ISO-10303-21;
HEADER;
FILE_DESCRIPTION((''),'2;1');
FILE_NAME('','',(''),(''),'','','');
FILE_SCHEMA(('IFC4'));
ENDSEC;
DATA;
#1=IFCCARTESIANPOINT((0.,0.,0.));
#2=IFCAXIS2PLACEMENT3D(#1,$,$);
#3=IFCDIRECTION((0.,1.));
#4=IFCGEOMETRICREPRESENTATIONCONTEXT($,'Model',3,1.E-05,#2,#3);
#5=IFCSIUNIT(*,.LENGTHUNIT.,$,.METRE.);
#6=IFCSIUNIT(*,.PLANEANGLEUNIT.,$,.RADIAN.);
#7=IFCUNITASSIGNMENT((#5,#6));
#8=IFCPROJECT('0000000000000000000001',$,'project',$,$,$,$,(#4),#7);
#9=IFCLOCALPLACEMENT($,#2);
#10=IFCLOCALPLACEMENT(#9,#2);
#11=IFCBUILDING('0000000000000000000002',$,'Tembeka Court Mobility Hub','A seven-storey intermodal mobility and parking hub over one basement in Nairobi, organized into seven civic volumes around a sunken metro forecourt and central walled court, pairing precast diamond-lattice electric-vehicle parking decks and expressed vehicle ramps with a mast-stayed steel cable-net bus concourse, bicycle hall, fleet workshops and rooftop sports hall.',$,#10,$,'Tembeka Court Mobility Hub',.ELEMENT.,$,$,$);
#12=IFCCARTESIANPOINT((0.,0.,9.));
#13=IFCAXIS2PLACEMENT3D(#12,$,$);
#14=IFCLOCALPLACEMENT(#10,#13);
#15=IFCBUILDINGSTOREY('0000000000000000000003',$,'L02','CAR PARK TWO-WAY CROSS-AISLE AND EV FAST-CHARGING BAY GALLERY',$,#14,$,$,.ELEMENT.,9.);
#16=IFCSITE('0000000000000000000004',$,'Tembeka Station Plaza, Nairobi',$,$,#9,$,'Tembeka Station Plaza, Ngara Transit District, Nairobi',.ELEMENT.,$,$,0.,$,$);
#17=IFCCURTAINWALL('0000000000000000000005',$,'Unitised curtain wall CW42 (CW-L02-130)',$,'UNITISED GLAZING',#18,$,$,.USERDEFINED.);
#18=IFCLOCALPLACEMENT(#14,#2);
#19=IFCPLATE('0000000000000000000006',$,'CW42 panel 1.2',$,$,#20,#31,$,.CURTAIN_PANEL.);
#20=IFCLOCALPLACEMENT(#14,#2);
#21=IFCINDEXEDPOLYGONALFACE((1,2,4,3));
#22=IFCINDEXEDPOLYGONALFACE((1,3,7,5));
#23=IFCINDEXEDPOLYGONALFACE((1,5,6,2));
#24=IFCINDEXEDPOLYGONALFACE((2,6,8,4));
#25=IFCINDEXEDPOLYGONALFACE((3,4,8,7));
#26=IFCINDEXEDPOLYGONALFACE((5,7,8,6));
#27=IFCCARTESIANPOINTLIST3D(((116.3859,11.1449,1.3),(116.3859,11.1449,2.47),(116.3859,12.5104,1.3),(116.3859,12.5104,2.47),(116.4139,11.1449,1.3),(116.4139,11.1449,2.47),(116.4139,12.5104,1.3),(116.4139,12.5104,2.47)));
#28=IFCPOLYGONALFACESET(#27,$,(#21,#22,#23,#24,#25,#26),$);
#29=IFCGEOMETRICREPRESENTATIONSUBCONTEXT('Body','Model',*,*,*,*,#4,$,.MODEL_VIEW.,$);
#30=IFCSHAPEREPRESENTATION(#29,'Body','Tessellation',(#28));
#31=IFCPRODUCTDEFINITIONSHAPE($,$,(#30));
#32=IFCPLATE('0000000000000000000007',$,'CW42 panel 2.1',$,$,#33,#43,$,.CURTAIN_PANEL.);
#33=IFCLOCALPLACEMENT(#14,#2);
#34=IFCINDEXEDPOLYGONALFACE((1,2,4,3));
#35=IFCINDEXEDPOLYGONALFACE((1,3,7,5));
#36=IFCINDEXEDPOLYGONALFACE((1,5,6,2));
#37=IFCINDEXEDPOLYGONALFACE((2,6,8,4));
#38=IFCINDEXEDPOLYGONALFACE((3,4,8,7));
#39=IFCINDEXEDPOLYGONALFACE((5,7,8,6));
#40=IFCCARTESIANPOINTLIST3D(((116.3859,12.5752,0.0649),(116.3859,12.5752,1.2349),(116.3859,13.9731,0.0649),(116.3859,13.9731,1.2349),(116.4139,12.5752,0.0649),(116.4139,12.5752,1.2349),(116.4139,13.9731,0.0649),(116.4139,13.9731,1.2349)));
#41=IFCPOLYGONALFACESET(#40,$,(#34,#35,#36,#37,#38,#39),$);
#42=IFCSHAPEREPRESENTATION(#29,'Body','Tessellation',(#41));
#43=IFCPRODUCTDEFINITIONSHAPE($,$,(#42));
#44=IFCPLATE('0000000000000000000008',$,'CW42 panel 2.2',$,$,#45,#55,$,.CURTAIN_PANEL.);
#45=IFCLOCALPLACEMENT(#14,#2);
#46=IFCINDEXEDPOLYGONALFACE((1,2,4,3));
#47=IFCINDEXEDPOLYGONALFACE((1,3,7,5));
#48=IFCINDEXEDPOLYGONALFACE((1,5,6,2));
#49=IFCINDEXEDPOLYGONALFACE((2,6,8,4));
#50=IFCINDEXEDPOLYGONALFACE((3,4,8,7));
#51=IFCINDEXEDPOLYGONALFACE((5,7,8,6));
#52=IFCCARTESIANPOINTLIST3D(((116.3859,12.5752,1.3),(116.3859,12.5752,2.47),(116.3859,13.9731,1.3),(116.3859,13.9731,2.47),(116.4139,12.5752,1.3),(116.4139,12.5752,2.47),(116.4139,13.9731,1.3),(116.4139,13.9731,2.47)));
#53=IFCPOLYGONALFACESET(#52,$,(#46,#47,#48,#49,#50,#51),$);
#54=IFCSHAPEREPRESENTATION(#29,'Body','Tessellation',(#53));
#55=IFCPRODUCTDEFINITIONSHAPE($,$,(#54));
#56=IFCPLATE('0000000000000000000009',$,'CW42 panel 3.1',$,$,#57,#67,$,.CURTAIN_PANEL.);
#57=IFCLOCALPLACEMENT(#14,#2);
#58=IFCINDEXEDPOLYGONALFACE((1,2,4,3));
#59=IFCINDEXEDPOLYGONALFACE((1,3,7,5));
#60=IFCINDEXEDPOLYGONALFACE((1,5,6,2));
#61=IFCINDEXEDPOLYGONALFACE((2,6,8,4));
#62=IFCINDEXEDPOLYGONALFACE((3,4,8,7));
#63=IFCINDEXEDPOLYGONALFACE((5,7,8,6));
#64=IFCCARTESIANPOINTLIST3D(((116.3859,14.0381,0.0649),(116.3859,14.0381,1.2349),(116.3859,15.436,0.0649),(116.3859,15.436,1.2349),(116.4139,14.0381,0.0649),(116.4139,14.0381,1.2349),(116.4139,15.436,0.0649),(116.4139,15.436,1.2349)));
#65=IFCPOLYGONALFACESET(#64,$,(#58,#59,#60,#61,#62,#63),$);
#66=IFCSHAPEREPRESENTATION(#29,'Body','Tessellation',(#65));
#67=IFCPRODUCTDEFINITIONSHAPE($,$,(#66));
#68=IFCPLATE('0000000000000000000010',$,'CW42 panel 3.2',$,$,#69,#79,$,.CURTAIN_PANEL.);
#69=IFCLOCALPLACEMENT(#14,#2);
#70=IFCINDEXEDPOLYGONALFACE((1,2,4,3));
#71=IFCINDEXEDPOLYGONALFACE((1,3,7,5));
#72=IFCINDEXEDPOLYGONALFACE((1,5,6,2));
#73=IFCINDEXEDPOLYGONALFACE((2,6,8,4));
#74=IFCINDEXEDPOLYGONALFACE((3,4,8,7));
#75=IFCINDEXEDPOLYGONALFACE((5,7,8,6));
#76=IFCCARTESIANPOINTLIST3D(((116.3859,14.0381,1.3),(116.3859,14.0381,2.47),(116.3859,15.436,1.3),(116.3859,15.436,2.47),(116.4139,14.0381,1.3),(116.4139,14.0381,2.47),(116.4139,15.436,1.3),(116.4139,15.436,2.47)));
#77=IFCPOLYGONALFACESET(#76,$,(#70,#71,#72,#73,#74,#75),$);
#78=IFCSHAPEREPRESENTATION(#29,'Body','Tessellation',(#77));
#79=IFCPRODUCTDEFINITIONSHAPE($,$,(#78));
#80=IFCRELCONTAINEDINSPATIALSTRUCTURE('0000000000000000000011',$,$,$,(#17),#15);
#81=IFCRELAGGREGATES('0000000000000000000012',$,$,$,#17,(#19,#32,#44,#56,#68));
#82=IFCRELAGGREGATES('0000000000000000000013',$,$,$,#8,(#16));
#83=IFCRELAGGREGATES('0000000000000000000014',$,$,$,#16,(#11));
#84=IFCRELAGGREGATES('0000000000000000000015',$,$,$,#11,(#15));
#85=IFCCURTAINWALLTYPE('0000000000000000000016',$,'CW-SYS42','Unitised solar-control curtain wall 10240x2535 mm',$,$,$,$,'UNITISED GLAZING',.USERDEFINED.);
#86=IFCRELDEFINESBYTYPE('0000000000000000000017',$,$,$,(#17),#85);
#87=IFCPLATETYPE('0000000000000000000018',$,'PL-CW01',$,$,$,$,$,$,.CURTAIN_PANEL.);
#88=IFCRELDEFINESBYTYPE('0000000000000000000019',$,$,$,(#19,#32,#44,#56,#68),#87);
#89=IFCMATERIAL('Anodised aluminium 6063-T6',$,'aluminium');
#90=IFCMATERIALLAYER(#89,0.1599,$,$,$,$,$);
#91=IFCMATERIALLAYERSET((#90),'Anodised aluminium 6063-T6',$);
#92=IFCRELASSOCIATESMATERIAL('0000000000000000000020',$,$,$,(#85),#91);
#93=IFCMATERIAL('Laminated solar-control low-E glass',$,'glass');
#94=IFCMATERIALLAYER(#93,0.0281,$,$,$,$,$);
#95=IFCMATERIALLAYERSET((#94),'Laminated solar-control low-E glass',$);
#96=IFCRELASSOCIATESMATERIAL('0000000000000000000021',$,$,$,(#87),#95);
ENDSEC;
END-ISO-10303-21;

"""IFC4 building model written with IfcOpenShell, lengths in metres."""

from ifc_helpers import new_model, si_unit, direction, frame, origin, origin_2d, place, context, subcontext, project, spatial, rectangle, extrude, material, layer, layer_set, type_object, element, aggregate, save


model = new_model("IFC4")

# Units and contexts
model_context = context("Model", 3, precision=1e-05, world=origin(), true_north=direction((0.0, 1.0)))
body_context = subcontext(model_context, "Body", "Model", "MODEL_VIEW")
ifc_project = project(units=[si_unit("LENGTHUNIT", "METRE"), si_unit("PLANEANGLEUNIT", "RADIAN")], contexts=[model_context])

# Site, building, storey
site_placement = place(None, origin())
site = spatial("IfcSite", under=ifc_project, at=site_placement, Name="Tembeka Station Plaza, Nairobi", LongName="Tembeka Station Plaza, Ngara Transit District, Nairobi", CompositionType="ELEMENT", RefElevation=0.0)
building_placement = place(site_placement, origin())
building = spatial("IfcBuilding", under=site, at=building_placement, Name="Tembeka Court Mobility Hub", Description="A seven-storey intermodal mobility and parking hub over one basement in Nairobi, organized into seven civic volumes around a sunken metro forecourt and central walled court, pairing precast diamond-lattice electric-vehicle parking decks and expressed vehicle ramps with a mast-stayed steel cable-net bus concourse, bicycle hall, fleet workshops and rooftop sports hall.", LongName="Tembeka Court Mobility Hub", CompositionType="ELEMENT")
storey_placement = place(building_placement, frame((0.0, 0.0, 9.0)))
storey = spatial("IfcBuildingStorey", under=building, at=storey_placement, Name="L02", Description="CAR PARK TWO-WAY CROSS-AISLE AND EV FAST-CHARGING BAY GALLERY", CompositionType="ELEMENT", Elevation=9.0)

# Curtain wall, plates
ifc_material_1 = material(Name="Anodised aluminium 6063-T6", Category="aluminium")
ifc_layer_1 = layer(ifc_material_1, 0.1599)
ifc_layer_set_1 = layer_set([ifc_layer_1], Name="Anodised aluminium 6063-T6")
curtain_wall_type = type_object("IfcCurtainWallType", Name="CW-SYS42", Description="Unitised solar-control curtain wall 10240x2535 mm", ElementType="UNITISED GLAZING", PredefinedType="USERDEFINED", material=ifc_layer_set_1)
curtain_wall_placement = place(storey_placement, origin())
curtain_wall = element("IfcCurtainWall", 1, at=curtain_wall_placement, inside=storey, type_object=curtain_wall_type, Name="Unitised curtain wall CW42 (CW-L02-130)", ObjectType="UNITISED GLAZING", PredefinedType="USERDEFINED")
ifc_material_2 = material(Name="Laminated solar-control low-E glass", Category="glass")
ifc_layer_2 = layer(ifc_material_2, 0.0281)
ifc_layer_set_2 = layer_set([ifc_layer_2], Name="Laminated solar-control low-E glass")
plate_type = type_object("IfcPlateType", Name="PL-CW01", PredefinedType="CURTAIN_PANEL", material=ifc_layer_set_2)
plate_1_placement = place(storey_placement, frame((116.3999, 11.8276, 1.3), z_axis=(0.0, 0.0, 1.0), x_axis=(0.0, 1.0, 0.0)))
plate_1 = element("IfcPlate", 2, at=plate_1_placement, type_object=plate_type, Name="CW42 panel 1.2", PredefinedType="CURTAIN_PANEL", context=body_context, shape_type="SweptSolid", body=[
    extrude(rectangle(XDim=1.3655, YDim=0.0281, at=origin_2d()), origin(), (0.0, 0.0, 1.0), 1.1699),
])
plate_2_placement = place(storey_placement, frame((116.3999, 13.2742, 0.0649), z_axis=(0.0, 0.0, 1.0), x_axis=(0.0, 1.0, 0.0)))
plate_2 = element("IfcPlate", 3, at=plate_2_placement, type_object=plate_type, Name="CW42 panel 2.1", PredefinedType="CURTAIN_PANEL", context=body_context, shape_type="SweptSolid", body=[
    extrude(rectangle(XDim=1.3979, YDim=0.0281, at=origin_2d()), origin(), (0.0, 0.0, 1.0), 1.1699),
])
plate_3_placement = place(storey_placement, frame((116.3999, 13.2742, 1.3), z_axis=(0.0, 0.0, 1.0), x_axis=(0.0, 1.0, 0.0)))
plate_3 = element("IfcPlate", 4, at=plate_3_placement, type_object=plate_type, Name="CW42 panel 2.2", PredefinedType="CURTAIN_PANEL", context=body_context, shape_type="SweptSolid", body=[
    extrude(rectangle(XDim=1.3979, YDim=0.0281, at=origin_2d()), origin(), (0.0, 0.0, 1.0), 1.1699),
])
plate_4_placement = place(storey_placement, frame((116.3999, 14.7371, 0.0649), z_axis=(0.0, 0.0, 1.0), x_axis=(0.0, 1.0, 0.0)))
plate_4 = element("IfcPlate", 5, at=plate_4_placement, type_object=plate_type, Name="CW42 panel 3.1", PredefinedType="CURTAIN_PANEL", context=body_context, shape_type="SweptSolid", body=[
    extrude(rectangle(XDim=1.3979, YDim=0.0281, at=origin_2d()), origin(), (0.0, 0.0, 1.0), 1.1699),
])
plate_5_placement = place(storey_placement, frame((116.3999, 14.7371, 1.3), z_axis=(0.0, 0.0, 1.0), x_axis=(0.0, 1.0, 0.0)))
plate_5 = element("IfcPlate", 6, at=plate_5_placement, type_object=plate_type, Name="CW42 panel 3.2", PredefinedType="CURTAIN_PANEL", context=body_context, shape_type="SweptSolid", body=[
    extrude(rectangle(XDim=1.3979, YDim=0.0281, at=origin_2d()), origin(), (0.0, 0.0, 1.0), 1.1699),
])
aggregate(curtain_wall, [plate_1, plate_2, plate_3, plate_4, plate_5])

save(model, "model.ifc")
